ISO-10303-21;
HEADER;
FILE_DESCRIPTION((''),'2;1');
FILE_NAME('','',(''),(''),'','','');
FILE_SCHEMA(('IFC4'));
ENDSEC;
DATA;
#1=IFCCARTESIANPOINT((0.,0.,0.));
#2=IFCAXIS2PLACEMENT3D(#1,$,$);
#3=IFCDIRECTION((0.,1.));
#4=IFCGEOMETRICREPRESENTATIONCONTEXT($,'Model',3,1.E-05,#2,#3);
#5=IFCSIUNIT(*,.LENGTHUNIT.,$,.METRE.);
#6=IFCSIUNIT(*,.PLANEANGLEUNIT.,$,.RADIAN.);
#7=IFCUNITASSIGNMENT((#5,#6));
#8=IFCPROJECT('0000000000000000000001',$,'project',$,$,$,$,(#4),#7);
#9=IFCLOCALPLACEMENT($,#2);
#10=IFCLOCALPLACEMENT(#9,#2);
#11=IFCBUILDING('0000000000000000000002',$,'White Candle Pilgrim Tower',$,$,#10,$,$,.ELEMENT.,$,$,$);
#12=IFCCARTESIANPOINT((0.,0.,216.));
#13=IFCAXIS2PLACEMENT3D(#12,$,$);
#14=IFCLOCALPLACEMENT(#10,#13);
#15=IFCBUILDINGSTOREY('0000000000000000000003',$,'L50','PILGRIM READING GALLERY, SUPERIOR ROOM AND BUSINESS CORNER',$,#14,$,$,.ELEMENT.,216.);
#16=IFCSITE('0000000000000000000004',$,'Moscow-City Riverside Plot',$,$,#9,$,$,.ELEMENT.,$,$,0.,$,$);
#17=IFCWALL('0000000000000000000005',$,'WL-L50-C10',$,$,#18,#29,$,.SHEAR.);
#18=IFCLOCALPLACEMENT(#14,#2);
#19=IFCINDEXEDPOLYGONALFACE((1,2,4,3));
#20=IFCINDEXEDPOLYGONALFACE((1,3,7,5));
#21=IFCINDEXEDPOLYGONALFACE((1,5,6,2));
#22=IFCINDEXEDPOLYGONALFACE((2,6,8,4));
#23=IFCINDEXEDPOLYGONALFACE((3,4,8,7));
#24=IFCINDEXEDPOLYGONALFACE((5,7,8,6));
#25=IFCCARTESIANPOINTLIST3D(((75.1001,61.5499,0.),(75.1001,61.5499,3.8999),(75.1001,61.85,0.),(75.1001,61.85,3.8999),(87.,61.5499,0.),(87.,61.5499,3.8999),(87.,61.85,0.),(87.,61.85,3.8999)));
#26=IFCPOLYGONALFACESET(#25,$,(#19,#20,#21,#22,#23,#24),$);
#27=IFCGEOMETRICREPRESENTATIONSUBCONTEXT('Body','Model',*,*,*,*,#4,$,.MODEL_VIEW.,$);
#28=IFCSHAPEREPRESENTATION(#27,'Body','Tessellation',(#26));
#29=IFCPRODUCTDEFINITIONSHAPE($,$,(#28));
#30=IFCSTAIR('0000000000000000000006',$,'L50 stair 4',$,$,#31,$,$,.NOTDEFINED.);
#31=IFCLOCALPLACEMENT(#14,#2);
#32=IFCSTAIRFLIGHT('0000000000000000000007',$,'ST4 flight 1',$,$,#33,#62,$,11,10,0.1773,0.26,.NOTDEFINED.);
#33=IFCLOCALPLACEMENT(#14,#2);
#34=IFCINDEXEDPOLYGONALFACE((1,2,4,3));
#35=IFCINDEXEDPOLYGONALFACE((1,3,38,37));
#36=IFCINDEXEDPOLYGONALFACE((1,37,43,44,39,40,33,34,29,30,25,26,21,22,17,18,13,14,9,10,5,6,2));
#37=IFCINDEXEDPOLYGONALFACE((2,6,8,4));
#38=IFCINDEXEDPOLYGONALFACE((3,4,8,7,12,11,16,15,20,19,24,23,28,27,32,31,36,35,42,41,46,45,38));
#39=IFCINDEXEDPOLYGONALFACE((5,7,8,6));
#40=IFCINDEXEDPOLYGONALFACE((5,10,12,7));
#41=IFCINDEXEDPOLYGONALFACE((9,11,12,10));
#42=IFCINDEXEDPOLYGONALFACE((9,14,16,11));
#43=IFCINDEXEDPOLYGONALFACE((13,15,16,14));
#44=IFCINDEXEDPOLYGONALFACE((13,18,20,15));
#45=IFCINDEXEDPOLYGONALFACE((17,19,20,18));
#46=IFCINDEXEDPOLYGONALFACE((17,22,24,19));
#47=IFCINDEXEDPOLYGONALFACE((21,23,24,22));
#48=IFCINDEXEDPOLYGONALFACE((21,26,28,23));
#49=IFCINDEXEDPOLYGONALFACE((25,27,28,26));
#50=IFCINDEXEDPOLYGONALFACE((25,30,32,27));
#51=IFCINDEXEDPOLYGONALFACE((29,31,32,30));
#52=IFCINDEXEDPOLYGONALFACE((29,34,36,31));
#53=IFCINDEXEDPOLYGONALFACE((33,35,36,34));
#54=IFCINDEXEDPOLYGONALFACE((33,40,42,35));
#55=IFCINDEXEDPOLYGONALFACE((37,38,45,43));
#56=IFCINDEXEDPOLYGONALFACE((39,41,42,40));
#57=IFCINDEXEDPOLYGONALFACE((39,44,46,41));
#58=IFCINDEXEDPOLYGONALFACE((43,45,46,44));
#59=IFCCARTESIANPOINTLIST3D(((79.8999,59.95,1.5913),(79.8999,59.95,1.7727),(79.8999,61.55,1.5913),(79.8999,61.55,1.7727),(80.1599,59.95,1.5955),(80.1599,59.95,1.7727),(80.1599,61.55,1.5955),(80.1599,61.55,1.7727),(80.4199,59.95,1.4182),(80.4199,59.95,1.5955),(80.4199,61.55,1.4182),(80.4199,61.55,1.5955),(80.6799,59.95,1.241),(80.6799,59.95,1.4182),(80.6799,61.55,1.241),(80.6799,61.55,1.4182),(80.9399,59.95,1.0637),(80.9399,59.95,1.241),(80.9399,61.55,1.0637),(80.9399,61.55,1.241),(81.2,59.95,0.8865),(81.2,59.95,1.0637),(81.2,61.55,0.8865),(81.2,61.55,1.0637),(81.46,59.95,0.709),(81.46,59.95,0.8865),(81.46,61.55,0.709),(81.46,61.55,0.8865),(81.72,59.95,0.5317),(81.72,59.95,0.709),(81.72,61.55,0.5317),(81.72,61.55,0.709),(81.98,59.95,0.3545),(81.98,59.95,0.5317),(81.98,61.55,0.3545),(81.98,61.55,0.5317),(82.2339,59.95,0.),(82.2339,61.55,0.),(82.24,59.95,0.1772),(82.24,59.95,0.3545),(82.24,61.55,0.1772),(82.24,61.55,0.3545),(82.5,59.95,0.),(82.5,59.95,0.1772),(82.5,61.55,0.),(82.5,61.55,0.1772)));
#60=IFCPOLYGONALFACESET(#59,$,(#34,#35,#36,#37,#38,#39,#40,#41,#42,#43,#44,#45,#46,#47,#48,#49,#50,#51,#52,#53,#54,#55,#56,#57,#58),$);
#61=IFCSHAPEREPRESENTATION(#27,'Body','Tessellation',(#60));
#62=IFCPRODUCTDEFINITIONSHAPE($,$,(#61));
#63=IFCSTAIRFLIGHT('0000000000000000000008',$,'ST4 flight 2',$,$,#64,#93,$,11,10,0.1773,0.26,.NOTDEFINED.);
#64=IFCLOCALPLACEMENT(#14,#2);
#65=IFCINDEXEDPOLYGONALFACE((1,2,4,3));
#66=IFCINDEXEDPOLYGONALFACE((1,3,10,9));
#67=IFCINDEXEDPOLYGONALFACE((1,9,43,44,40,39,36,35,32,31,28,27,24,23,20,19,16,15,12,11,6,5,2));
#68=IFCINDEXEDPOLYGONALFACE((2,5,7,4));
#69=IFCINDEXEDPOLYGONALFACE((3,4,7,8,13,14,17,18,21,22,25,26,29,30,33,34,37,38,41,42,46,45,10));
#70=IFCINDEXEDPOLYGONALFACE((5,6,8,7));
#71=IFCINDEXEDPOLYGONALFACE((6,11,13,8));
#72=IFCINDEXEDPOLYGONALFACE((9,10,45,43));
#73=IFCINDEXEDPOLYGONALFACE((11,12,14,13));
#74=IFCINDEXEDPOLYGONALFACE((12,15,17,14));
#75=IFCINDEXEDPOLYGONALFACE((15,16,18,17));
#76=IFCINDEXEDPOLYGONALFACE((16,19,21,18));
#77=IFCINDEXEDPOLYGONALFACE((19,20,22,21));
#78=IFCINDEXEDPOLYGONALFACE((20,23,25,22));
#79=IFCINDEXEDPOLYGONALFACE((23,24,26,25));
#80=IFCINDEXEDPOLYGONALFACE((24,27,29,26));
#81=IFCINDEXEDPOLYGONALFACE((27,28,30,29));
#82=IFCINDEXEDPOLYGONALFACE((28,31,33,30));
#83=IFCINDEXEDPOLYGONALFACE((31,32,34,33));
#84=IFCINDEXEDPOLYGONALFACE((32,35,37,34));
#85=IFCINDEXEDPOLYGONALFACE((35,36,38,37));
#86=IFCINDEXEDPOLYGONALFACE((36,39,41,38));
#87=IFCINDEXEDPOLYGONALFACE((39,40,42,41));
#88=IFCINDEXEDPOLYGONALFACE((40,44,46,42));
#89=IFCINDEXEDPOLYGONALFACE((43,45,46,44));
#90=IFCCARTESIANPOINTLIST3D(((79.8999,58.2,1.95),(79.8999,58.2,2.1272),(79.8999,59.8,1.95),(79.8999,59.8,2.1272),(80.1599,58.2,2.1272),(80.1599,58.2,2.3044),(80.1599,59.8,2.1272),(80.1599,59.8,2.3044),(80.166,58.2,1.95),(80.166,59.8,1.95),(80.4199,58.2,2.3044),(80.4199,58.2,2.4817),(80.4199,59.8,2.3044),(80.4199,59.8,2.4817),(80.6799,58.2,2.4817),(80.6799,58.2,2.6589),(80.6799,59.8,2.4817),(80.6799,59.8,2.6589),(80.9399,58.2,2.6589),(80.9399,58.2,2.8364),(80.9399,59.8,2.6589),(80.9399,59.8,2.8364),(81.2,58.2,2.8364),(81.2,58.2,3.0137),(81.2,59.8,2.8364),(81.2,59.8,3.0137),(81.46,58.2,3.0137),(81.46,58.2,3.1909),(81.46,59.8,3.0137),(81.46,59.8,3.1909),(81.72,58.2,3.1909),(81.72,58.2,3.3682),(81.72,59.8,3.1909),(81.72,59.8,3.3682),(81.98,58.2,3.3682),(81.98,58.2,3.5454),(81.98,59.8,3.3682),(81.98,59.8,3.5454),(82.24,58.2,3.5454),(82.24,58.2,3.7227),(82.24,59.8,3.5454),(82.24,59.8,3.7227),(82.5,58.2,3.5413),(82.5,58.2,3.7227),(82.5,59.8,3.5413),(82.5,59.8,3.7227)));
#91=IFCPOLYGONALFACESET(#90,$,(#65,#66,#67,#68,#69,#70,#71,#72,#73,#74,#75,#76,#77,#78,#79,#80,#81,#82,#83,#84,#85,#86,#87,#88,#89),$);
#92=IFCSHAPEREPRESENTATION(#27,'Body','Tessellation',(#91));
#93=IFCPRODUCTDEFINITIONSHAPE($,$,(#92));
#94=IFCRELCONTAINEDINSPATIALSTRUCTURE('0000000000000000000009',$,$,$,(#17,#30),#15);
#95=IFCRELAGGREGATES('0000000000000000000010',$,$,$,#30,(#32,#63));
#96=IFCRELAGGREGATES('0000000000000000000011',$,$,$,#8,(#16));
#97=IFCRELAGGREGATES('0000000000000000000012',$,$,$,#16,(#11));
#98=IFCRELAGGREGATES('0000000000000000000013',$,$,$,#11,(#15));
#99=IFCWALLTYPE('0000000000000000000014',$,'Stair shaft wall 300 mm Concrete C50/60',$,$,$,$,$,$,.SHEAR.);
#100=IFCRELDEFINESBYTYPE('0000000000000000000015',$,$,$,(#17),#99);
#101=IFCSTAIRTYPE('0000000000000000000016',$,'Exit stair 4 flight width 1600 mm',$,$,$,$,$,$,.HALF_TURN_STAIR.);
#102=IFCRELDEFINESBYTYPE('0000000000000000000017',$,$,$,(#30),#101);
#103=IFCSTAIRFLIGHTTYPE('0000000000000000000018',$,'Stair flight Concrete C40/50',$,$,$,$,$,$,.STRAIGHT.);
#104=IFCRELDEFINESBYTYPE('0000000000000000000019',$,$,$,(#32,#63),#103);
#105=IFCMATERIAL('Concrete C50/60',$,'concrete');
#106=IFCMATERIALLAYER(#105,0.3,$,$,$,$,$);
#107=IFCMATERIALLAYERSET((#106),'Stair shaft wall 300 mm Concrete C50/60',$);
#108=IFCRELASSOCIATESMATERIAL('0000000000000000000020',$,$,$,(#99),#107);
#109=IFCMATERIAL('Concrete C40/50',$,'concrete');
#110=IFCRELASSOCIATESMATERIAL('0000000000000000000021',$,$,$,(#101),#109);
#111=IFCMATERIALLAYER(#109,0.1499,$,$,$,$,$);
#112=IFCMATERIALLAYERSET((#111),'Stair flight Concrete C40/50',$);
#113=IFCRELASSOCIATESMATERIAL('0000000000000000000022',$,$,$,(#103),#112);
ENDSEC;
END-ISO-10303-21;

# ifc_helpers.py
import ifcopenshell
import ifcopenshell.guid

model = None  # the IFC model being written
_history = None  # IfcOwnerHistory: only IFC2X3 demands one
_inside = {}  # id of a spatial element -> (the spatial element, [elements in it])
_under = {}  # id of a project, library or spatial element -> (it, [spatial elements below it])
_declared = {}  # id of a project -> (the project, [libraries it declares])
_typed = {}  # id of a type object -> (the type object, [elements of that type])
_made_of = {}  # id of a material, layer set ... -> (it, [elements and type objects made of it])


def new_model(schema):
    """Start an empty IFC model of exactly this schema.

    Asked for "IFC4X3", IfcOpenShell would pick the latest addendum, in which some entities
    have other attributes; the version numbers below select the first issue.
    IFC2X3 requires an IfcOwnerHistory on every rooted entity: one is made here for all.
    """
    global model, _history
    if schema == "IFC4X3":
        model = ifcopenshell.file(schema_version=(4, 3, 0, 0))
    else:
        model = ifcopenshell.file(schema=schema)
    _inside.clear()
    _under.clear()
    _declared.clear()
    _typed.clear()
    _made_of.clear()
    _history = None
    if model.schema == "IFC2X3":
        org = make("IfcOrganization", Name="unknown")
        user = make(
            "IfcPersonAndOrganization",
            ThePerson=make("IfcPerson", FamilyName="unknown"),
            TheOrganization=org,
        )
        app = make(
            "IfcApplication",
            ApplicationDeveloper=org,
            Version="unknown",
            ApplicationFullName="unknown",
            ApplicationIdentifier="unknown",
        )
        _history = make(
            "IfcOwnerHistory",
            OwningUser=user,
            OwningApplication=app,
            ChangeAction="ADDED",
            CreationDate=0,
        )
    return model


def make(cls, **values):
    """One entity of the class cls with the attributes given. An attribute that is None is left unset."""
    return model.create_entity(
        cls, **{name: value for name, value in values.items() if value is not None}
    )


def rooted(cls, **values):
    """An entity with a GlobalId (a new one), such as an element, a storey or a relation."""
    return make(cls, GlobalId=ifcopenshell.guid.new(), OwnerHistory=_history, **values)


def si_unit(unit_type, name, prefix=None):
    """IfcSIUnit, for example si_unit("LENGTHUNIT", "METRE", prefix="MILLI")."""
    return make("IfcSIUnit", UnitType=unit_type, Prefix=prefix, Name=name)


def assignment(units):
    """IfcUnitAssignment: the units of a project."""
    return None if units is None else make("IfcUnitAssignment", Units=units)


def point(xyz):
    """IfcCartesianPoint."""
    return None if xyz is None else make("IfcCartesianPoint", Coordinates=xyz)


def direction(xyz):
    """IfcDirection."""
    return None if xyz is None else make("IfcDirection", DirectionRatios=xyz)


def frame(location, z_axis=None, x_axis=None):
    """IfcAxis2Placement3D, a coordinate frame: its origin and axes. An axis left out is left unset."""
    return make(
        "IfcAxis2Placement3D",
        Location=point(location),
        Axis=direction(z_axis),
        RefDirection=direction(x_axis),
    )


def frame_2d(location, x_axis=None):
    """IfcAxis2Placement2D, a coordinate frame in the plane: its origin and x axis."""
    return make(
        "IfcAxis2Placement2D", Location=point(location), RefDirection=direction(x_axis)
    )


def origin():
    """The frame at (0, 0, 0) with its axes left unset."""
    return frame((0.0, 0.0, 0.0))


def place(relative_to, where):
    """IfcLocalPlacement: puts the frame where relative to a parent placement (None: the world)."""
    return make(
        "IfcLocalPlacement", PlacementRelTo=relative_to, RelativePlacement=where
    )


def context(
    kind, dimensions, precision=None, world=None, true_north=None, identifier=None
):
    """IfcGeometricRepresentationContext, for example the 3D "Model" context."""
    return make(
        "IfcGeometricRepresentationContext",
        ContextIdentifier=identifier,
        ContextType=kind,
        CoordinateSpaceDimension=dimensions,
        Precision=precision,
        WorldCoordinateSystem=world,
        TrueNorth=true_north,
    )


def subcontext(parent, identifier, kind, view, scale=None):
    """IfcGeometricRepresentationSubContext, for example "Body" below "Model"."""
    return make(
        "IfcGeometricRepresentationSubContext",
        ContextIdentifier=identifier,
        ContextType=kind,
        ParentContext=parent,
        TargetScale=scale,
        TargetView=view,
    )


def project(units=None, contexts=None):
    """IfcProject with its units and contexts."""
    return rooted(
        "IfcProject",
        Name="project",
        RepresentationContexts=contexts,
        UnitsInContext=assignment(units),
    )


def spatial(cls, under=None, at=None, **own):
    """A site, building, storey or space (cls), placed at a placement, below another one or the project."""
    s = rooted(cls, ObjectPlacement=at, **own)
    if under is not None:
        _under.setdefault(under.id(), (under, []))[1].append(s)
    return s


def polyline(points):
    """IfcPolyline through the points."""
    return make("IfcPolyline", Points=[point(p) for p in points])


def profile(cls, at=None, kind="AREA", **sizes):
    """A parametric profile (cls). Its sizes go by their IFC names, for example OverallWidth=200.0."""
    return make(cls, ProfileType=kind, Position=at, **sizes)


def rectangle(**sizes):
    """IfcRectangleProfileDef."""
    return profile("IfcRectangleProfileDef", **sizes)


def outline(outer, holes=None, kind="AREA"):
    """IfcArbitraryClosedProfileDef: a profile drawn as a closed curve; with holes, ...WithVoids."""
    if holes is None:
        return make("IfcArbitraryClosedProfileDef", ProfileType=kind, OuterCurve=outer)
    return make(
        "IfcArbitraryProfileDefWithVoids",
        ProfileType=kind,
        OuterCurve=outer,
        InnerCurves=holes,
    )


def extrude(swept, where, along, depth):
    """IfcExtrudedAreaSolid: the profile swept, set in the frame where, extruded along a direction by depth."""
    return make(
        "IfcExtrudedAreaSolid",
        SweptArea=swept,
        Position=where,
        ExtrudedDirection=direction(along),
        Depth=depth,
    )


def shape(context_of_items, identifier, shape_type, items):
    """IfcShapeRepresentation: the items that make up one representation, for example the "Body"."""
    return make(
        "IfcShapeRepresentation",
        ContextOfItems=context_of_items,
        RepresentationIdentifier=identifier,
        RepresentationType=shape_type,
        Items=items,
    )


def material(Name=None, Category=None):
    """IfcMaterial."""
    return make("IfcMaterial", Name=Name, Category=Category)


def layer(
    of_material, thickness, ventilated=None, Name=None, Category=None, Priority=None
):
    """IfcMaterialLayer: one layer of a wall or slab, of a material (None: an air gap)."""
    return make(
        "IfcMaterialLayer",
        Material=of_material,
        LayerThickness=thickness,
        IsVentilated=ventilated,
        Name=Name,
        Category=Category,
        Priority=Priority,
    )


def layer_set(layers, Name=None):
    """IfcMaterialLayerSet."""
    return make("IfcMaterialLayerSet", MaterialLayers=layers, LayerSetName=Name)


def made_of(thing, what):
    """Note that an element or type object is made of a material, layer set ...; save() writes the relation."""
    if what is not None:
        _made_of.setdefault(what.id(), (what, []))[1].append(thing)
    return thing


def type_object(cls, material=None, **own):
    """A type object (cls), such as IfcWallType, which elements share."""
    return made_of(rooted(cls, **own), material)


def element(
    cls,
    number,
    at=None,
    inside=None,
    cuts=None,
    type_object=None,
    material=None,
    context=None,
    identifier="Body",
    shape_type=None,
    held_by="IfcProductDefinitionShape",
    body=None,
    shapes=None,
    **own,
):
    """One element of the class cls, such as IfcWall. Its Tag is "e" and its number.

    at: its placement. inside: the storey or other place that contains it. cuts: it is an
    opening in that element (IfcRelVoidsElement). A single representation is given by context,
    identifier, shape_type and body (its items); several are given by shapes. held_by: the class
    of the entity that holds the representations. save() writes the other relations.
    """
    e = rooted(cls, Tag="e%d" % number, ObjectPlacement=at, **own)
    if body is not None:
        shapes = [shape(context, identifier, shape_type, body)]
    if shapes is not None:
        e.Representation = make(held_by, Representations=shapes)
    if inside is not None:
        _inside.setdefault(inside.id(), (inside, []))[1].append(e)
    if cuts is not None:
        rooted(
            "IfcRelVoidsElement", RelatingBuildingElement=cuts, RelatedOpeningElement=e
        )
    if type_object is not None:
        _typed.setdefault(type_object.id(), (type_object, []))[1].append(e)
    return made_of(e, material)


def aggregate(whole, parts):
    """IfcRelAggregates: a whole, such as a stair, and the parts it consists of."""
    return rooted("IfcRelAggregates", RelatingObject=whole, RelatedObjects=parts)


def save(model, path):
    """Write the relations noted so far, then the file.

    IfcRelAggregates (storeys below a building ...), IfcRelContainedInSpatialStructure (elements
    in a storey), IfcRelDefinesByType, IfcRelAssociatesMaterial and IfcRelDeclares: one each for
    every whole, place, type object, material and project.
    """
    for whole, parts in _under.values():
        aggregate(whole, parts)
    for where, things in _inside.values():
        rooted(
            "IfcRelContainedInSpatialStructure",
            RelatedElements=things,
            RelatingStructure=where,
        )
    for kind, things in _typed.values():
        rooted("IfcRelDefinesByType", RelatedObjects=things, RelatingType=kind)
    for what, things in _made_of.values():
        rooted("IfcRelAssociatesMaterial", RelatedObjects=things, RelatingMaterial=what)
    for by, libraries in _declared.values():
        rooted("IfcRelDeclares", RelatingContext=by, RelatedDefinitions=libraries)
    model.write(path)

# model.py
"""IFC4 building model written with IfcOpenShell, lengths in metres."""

from ifc_helpers import new_model, si_unit, direction, frame, frame_2d, origin, place, context, subcontext, project, spatial, polyline, rectangle, outline, extrude, material, layer, layer_set, type_object, element, aggregate, save


model = new_model("IFC4")

# Units and contexts
model_context = context("Model", 3, precision=1e-05, world=origin(), true_north=direction((0.0, 1.0)))
body_context = subcontext(model_context, "Body", "Model", "MODEL_VIEW")
ifc_project = project(units=[si_unit("LENGTHUNIT", "METRE"), si_unit("PLANEANGLEUNIT", "RADIAN")], contexts=[model_context])

# Site, building, storey
site_placement = place(None, origin())
site = spatial("IfcSite", under=ifc_project, at=site_placement, Name="Moscow-City Riverside Plot", CompositionType="ELEMENT", RefElevation=0.0)
building_placement = place(site_placement, origin())
building = spatial("IfcBuilding", under=site, at=building_placement, Name="White Candle Pilgrim Tower", CompositionType="ELEMENT")
storey_placement = place(building_placement, frame((0.0, 0.0, 216.0)))
storey = spatial("IfcBuildingStorey", under=building, at=storey_placement, Name="L50", Description="PILGRIM READING GALLERY, SUPERIOR ROOM AND BUSINESS CORNER", CompositionType="ELEMENT", Elevation=216.0)

# Wall
ifc_material_1 = material(Name="Concrete C50/60", Category="concrete")
ifc_layer_1 = layer(ifc_material_1, 0.3)
ifc_layer_set_1 = layer_set([ifc_layer_1], Name="Stair shaft wall 300 mm Concrete C50/60")
wall_type_1 = type_object("IfcWallType", Name="Stair shaft wall 300 mm Concrete C50/60", PredefinedType="SHEAR", material=ifc_layer_set_1)
wall_1_placement = place(storey_placement, frame((75.1001, 61.7, 0.0), z_axis=(0.0, 0.0, 1.0), x_axis=(1.0, 0.0, 0.0)))
element("IfcWall", 1, at=wall_1_placement, inside=storey, type_object=wall_type_1, Name="WL-L50-C10", PredefinedType="SHEAR", context=body_context, shape_type="SweptSolid", body=[
    extrude(rectangle(XDim=11.8999, YDim=0.3, at=frame_2d((5.95, 0.0))), origin(), (0.0, 0.0, 1.0), 3.8999),
])

# Stair, stair flights
ifc_material_2 = material(Name="Concrete C40/50", Category="concrete")
stair_type = type_object("IfcStairType", Name="Exit stair 4 flight width 1600 mm", PredefinedType="HALF_TURN_STAIR", material=ifc_material_2)
stair_placement = place(storey_placement, origin())
stair = element("IfcStair", 2, at=stair_placement, inside=storey, type_object=stair_type, Name="L50 stair 4", PredefinedType="NOTDEFINED")
ifc_layer_2 = layer(ifc_material_2, 0.1499)
ifc_layer_set_2 = layer_set([ifc_layer_2], Name="Stair flight Concrete C40/50")
stair_flight_type = type_object("IfcStairFlightType", Name="Stair flight Concrete C40/50", PredefinedType="STRAIGHT", material=ifc_layer_set_2)
stair_flight_1_placement = place(storey_placement, frame((82.5, 60.75, 0.0), z_axis=(0.0, 0.0, 1.0), x_axis=(-1.0, 0.0, 0.0)))
stair_flight_1 = element("IfcStairFlight", 3, at=stair_flight_1_placement, type_object=stair_flight_type, Name="ST4 flight 1", NumberOfRisers=11, NumberOfTreads=10, PredefinedType="NOTDEFINED", RiserHeight=0.1773, TreadLength=0.26, context=body_context, shape_type="SweptSolid", body=[
    extrude(outline(polyline([(0.0, 0.0), (0.0, 0.1772), (0.26, 0.1772), (0.26, 0.3545), (0.52, 0.3545), (0.52, 0.5317), (0.78, 0.5317), (0.78, 0.709), (1.04, 0.709), (1.04, 0.8865), (1.3, 0.8865), (1.3, 1.0637), (1.5601, 1.0637), (1.5601, 1.241), (1.8201, 1.241), (1.8201, 1.4182), (2.0801, 1.4182), (2.0801, 1.5955), (2.3401, 1.5955), (2.3401, 1.7727), (2.6001, 1.7727), (2.6001, 1.95), (2.6001, 1.5913), (0.2661, 0.0), (0.0, 0.0)])), frame((0.0, 0.8, 0.0), z_axis=(0.0, -1.0, 0.0), x_axis=(1.0, 0.0, 0.0)), (0.0, 0.0, 1.0), 1.6001),
])
stair_flight_2_placement = place(storey_placement, frame((79.8999, 59.0, 1.95), z_axis=(0.0, 0.0, 1.0), x_axis=(1.0, 0.0, 0.0)))
stair_flight_2 = element("IfcStairFlight", 4, at=stair_flight_2_placement, type_object=stair_flight_type, Name="ST4 flight 2", NumberOfRisers=11, NumberOfTreads=10, PredefinedType="NOTDEFINED", RiserHeight=0.1773, TreadLength=0.26, context=body_context, shape_type="SweptSolid", body=[
    extrude(outline(polyline([(0.0, 0.0), (0.0, 0.1772), (0.26, 0.1772), (0.26, 0.3545), (0.52, 0.3545), (0.52, 0.5317), (0.78, 0.5317), (0.78, 0.709), (1.04, 0.709), (1.04, 0.8865), (1.3, 0.8865), (1.3, 1.0637), (1.5601, 1.0637), (1.5601, 1.241), (1.8201, 1.241), (1.8201, 1.4182), (2.0801, 1.4182), (2.0801, 1.5955), (2.3401, 1.5955), (2.3401, 1.7727), (2.6001, 1.7727), (2.6001, 1.95), (2.6001, 1.5913), (0.2661, 0.0), (0.0, 0.0)])), frame((0.0, 0.8, 0.0), z_axis=(0.0, -1.0, 0.0), x_axis=(1.0, 0.0, 0.0)), (0.0, 0.0, 1.0), 1.6001),
])
aggregate(stair, [stair_flight_1, stair_flight_2])

save(model, "model.ifc")
